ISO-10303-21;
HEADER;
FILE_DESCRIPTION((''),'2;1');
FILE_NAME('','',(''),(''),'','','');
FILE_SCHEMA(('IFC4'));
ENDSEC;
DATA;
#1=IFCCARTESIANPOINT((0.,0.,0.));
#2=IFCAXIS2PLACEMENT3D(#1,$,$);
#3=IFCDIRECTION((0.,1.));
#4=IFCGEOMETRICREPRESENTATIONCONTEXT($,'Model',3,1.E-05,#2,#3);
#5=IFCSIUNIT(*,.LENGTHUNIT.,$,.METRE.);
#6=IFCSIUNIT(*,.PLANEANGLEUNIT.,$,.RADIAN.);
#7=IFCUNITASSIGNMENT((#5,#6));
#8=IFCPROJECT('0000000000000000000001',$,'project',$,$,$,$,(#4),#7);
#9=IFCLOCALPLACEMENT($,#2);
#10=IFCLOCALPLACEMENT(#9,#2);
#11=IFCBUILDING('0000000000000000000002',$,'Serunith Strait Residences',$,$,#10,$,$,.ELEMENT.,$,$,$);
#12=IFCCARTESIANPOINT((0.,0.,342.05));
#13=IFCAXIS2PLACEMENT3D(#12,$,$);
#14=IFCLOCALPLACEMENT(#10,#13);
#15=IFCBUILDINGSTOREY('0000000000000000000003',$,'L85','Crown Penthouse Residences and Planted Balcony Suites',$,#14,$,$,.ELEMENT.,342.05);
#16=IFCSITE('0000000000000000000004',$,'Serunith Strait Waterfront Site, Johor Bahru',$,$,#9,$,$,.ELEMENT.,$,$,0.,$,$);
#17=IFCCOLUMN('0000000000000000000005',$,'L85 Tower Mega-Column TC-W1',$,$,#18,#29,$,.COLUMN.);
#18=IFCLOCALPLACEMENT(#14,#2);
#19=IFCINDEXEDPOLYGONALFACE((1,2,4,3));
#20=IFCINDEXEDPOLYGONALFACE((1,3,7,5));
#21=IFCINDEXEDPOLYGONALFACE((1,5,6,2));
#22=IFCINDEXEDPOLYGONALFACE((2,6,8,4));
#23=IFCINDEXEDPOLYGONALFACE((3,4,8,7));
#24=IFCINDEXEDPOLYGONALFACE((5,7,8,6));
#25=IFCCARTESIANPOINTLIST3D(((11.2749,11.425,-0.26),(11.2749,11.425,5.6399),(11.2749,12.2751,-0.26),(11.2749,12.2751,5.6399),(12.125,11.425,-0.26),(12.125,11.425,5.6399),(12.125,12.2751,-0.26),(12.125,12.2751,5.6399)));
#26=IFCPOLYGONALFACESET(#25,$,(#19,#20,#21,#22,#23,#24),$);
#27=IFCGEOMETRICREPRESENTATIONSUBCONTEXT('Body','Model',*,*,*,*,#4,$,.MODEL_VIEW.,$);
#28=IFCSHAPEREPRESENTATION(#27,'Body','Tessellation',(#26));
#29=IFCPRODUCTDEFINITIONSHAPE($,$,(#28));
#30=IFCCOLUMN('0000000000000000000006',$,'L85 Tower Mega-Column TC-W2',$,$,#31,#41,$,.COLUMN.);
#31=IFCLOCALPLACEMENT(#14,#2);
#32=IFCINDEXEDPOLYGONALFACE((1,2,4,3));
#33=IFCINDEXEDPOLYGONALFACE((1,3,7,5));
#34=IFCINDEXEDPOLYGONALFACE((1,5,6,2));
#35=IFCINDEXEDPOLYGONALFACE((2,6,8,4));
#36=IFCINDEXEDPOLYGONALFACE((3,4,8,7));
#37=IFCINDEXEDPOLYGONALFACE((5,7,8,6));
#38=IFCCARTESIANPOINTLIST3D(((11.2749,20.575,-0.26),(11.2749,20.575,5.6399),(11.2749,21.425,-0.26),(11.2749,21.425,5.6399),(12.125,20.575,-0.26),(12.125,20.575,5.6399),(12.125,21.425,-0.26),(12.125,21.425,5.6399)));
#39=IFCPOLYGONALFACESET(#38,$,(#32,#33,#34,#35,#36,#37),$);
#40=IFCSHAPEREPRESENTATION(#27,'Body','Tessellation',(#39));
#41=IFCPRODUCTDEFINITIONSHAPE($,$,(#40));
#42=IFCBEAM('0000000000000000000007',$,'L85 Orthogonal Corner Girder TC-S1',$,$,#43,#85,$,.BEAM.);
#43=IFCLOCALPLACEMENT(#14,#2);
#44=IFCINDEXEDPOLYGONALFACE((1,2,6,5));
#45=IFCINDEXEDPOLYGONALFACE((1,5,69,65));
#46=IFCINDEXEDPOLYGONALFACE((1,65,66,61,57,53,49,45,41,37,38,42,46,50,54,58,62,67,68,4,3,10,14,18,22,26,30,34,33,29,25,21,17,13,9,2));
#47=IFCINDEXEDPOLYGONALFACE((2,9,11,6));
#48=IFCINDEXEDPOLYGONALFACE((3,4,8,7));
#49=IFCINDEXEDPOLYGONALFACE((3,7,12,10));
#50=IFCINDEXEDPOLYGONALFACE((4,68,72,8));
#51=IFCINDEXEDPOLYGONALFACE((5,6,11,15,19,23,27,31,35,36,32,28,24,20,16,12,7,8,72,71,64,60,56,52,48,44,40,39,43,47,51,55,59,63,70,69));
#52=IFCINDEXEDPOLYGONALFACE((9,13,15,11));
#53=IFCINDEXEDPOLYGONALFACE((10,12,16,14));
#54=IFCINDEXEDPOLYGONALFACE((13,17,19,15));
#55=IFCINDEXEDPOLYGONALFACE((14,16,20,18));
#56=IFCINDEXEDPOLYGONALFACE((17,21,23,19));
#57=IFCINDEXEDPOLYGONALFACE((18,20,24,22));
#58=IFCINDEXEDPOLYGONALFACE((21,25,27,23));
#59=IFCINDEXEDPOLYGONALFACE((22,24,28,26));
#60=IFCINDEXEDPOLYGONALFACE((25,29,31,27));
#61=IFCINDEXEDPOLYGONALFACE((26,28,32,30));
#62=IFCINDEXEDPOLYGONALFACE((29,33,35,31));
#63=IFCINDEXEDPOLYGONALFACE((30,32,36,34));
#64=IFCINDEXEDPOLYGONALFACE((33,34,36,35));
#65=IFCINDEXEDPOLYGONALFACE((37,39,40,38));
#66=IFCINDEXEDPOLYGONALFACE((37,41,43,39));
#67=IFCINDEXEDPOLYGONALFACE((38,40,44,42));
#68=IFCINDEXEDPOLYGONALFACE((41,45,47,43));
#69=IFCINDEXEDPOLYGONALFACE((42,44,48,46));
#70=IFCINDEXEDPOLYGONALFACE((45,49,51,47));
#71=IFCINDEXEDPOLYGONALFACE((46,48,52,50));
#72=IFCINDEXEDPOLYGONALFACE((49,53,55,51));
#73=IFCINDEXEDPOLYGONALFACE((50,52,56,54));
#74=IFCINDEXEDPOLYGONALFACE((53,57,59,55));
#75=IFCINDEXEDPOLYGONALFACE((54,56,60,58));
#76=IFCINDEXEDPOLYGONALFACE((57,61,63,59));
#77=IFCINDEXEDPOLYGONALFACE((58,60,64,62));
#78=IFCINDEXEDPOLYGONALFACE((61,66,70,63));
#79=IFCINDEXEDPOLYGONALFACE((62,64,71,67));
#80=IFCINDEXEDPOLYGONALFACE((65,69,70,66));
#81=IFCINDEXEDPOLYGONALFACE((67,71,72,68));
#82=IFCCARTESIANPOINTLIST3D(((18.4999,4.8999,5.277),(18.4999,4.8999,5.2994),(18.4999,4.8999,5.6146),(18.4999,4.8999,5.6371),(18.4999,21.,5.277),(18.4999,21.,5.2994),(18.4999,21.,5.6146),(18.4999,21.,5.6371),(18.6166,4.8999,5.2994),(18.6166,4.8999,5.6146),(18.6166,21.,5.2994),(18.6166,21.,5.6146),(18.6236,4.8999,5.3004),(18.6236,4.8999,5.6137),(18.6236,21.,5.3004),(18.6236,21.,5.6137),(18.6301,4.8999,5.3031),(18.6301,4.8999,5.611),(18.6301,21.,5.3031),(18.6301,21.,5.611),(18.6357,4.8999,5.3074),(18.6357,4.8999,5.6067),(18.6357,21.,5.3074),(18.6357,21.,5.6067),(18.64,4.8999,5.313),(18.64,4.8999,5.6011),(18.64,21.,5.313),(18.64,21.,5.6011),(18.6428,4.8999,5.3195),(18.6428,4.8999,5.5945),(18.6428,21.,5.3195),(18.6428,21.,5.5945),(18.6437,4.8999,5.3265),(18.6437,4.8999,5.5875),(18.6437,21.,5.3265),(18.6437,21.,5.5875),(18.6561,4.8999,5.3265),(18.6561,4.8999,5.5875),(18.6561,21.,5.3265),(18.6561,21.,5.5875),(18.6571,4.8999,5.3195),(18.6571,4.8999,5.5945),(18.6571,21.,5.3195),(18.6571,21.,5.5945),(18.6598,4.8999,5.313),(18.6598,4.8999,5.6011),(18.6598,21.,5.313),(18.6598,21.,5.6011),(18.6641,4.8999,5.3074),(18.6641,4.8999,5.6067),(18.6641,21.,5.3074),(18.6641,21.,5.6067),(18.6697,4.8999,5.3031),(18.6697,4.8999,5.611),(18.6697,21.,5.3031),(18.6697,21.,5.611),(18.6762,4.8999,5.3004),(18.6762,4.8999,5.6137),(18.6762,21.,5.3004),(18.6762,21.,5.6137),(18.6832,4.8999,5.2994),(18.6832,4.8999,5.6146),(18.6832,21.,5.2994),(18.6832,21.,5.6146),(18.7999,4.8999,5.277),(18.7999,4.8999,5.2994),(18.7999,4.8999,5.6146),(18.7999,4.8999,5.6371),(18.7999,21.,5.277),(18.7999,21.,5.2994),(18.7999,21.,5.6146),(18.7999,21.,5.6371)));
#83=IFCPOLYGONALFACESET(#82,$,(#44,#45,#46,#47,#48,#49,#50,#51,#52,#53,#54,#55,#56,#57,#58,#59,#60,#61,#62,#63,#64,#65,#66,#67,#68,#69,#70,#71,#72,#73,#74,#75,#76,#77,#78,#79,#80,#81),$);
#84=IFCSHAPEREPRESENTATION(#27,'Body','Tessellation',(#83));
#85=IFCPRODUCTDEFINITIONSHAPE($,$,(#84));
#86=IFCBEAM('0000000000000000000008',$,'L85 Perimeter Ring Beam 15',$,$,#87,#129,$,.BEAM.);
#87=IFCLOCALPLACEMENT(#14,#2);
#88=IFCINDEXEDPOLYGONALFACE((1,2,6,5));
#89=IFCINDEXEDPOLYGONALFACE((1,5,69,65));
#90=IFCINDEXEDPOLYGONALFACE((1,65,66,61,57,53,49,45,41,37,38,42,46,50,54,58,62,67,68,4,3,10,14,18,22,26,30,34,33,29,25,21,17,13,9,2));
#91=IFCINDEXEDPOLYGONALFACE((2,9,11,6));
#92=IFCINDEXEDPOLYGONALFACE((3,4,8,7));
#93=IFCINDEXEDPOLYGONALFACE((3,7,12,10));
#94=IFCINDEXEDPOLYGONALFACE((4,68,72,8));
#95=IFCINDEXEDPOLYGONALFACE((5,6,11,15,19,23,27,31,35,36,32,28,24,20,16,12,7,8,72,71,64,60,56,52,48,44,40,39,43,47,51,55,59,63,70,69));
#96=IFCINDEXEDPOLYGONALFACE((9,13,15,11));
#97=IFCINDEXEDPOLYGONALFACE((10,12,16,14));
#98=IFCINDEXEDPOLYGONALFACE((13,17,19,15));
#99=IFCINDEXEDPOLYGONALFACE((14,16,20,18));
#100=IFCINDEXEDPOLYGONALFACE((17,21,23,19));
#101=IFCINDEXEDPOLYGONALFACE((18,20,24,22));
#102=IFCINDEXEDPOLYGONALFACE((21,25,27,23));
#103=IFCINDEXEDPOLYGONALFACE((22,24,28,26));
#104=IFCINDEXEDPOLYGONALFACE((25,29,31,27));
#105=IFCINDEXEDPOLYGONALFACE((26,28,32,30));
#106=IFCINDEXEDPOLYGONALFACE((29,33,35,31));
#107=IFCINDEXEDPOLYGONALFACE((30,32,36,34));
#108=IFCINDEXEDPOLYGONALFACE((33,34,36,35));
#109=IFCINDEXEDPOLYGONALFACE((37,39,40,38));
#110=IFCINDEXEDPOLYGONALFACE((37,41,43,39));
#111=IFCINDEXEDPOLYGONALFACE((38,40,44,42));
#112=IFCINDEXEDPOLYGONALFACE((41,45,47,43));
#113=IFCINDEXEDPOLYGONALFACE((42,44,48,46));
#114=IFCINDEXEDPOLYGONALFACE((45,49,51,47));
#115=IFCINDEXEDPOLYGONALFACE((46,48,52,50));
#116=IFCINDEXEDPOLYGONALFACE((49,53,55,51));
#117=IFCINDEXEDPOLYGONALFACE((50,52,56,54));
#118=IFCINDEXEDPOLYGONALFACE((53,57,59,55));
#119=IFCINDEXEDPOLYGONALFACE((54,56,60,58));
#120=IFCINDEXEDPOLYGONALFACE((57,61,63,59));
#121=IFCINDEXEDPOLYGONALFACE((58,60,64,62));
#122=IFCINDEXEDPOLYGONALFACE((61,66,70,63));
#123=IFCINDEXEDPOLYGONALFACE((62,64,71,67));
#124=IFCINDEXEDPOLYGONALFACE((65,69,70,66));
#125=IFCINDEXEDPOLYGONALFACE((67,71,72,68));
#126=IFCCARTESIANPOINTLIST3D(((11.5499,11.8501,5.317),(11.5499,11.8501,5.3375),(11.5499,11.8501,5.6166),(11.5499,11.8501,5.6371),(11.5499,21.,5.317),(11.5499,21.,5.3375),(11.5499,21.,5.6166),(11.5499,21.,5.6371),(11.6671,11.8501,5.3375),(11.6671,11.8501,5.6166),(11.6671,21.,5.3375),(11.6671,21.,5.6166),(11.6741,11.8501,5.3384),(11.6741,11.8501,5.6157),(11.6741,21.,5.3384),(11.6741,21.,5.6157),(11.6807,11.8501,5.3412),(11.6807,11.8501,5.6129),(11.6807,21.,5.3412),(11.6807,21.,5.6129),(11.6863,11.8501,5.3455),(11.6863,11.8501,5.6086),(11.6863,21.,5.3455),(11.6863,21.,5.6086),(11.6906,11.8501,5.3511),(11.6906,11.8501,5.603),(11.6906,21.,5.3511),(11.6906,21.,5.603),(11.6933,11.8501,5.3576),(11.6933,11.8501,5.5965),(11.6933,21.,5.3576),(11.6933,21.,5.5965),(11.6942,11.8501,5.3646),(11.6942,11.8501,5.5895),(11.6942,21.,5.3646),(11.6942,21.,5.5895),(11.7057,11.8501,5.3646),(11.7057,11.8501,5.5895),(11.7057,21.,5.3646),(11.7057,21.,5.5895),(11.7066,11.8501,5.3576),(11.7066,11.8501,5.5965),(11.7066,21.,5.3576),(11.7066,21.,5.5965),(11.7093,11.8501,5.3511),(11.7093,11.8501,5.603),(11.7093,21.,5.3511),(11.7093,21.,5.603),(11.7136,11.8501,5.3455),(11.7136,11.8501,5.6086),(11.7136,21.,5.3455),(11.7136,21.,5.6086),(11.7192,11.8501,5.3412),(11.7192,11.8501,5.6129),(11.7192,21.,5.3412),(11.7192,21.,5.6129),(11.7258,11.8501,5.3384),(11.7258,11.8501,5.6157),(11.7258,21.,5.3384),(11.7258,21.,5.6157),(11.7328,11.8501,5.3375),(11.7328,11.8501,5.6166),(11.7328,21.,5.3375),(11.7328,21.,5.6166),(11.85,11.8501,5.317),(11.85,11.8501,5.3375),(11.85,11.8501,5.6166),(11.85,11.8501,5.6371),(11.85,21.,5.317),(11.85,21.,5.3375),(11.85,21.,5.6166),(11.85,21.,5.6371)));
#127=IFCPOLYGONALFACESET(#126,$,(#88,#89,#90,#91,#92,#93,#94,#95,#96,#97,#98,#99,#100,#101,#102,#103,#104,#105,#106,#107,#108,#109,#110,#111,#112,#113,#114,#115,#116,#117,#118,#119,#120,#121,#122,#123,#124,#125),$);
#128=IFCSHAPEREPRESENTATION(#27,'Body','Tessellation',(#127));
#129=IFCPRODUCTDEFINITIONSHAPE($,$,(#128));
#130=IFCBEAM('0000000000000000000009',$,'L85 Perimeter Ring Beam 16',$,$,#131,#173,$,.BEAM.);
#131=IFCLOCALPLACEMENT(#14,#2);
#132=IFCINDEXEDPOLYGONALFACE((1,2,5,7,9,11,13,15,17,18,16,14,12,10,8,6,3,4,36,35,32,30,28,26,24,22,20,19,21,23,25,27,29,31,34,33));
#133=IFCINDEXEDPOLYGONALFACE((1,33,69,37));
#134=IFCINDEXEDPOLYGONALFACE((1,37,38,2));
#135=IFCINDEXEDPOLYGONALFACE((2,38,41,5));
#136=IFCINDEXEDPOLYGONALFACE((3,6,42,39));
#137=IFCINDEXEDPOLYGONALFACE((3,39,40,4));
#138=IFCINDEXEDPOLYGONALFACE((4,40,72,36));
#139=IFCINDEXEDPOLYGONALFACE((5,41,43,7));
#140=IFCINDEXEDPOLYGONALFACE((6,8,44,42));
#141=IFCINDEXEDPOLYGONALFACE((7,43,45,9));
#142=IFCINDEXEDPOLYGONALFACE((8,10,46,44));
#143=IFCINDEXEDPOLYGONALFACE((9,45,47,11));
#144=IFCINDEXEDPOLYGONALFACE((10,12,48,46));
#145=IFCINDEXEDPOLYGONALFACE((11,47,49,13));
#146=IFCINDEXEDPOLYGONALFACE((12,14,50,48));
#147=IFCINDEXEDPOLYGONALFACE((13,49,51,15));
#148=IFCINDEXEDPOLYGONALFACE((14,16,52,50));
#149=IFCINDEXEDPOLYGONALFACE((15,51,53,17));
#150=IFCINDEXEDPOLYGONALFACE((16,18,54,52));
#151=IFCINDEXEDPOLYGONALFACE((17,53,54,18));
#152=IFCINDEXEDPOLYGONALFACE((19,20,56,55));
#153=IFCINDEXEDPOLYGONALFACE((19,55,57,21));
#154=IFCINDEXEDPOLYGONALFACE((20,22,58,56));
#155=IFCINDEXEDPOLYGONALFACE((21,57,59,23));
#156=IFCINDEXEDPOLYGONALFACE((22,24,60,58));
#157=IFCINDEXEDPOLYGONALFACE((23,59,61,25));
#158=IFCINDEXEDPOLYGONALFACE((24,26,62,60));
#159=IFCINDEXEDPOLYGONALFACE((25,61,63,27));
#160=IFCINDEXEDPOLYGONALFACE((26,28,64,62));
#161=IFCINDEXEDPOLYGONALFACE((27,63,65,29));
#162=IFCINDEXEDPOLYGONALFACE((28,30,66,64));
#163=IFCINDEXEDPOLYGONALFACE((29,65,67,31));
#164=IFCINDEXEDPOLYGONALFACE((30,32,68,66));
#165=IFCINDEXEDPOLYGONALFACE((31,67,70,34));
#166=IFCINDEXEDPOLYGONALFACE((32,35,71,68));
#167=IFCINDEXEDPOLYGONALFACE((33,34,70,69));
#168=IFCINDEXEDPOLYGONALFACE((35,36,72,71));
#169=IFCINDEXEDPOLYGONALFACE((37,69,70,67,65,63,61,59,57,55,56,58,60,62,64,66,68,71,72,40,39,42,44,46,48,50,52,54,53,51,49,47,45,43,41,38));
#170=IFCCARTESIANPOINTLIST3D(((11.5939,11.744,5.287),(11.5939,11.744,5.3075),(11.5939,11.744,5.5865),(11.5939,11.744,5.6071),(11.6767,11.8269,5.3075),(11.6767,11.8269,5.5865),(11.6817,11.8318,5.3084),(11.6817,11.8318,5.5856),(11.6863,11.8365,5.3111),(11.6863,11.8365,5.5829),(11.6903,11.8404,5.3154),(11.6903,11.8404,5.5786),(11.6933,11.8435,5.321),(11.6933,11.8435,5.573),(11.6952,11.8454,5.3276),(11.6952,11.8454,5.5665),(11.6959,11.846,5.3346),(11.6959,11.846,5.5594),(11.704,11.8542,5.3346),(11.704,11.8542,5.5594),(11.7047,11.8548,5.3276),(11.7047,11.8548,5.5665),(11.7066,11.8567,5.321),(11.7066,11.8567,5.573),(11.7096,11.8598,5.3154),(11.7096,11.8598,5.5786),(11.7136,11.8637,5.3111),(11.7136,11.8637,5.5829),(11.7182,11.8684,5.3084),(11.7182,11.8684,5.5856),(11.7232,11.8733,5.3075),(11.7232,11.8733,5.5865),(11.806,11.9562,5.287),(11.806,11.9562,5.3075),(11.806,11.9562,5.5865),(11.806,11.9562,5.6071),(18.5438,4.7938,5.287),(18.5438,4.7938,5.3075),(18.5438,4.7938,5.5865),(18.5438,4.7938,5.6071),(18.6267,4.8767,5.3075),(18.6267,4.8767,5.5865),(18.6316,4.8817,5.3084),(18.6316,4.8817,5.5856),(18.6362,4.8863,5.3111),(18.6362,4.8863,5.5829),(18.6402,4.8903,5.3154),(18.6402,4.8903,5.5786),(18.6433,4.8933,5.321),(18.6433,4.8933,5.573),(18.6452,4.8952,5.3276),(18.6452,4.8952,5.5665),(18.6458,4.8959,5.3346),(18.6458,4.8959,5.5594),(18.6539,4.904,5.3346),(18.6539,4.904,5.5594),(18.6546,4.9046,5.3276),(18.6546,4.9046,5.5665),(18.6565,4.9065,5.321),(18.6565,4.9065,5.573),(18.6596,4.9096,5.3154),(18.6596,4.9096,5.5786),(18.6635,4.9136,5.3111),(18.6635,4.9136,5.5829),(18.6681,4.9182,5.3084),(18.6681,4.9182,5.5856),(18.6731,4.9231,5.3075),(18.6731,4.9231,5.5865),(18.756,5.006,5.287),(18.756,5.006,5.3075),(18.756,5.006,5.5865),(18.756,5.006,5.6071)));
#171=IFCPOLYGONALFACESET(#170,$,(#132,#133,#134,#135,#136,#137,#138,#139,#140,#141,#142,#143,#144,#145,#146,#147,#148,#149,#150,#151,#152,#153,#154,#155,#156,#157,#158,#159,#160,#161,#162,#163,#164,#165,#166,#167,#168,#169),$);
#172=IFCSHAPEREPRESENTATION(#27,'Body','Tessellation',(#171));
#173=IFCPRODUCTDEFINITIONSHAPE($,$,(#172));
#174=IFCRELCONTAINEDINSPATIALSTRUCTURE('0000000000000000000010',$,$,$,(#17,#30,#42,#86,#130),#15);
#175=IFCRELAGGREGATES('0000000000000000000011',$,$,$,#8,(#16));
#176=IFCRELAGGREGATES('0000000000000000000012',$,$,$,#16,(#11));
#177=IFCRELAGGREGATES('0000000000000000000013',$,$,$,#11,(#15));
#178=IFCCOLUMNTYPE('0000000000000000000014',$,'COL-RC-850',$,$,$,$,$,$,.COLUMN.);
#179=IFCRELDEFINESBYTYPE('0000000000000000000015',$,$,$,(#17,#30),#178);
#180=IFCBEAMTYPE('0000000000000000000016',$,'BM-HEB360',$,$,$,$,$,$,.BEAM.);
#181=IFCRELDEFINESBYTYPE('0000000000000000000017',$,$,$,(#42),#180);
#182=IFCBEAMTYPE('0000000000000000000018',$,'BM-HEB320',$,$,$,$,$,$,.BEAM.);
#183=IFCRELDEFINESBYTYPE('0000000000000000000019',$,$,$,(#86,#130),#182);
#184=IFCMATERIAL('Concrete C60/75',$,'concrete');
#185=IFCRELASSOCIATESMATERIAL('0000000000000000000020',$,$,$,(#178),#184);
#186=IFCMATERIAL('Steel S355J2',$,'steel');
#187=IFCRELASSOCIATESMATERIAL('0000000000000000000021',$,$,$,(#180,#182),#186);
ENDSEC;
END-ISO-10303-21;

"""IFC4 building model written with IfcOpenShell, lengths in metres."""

from ifc_helpers import new_model, si_unit, direction, frame, origin, origin_2d, place, context, subcontext, project, spatial, rectangle, i_section, extrude, source, transform, mapped, material, material_profile, profile_set, type_object, element, save


model = new_model("IFC4")

# Units and contexts
model_context = context("Model", 3, precision=1e-05, world=origin(), true_north=direction((0.0, 1.0)))
body_context = subcontext(model_context, "Body", "Model", "MODEL_VIEW")
ifc_project = project(units=[si_unit("LENGTHUNIT", "METRE"), si_unit("PLANEANGLEUNIT", "RADIAN")], contexts=[model_context])

# Site, building, storey
site_placement = place(None, origin())
site = spatial("IfcSite", under=ifc_project, at=site_placement, Name="Serunith Strait Waterfront Site, Johor Bahru", CompositionType="ELEMENT", RefElevation=0.0)
building_placement = place(site_placement, origin())
building = spatial("IfcBuilding", under=site, at=building_placement, Name="Serunith Strait Residences", CompositionType="ELEMENT")
storey_placement = place(building_placement, frame((0.0, 0.0, 342.05)))
storey = spatial("IfcBuildingStorey", under=building, at=storey_placement, Name="L85", Description="Crown Penthouse Residences and Planted Balcony Suites", CompositionType="ELEMENT", Elevation=342.05)

# Columns
ifc_material_1 = material(Name="Concrete C60/75", Category="concrete")
ifc_material_profile_1 = material_profile(ifc_material_1, rectangle(XDim=0.8501, YDim=0.8501, at=origin_2d()), Name="RC 850x850")
ifc_profile_set_1 = profile_set([ifc_material_profile_1], Name="Concrete C60/75")
column_type = type_object("IfcColumnType", Name="COL-RC-850", PredefinedType="COLUMN", material=ifc_profile_set_1)
shared_shape_1 = source(origin(), body_context, "Body", "SweptSolid", [
    extrude(rectangle(XDim=0.8501, YDim=0.8501, at=origin_2d()), origin(), (0.0, 0.0, 1.0), 5.8999),
])
for number, where, z_axis, x_axis, name in (
    (1, (11.7, 11.8501, -0.26), (0.0, 0.0, 1.0), (1.0, 0.0, 0.0), "L85 Tower Mega-Column TC-W1"),
    (2, (11.7, 21.0, -0.26), (0.0, 0.0, 1.0), (1.0, 0.0, 0.0), "L85 Tower Mega-Column TC-W2"),
):
    element("IfcColumn", number, at=place(storey_placement, frame(where, z_axis=z_axis, x_axis=x_axis)), inside=storey, type_object=column_type, Name=name, PredefinedType="COLUMN", context=body_context, shape_type="MappedRepresentation", body=[
        mapped(shared_shape_1, transform((0.0, 0.0, 0.0), scale=1.0)),
    ])

# Beams
ifc_material_2 = material(Name="Steel S355J2", Category="steel")
ifc_material_profile_2 = material_profile(ifc_material_2, i_section(OverallWidth=0.3, OverallDepth=0.3601, WebThickness=0.0125, FlangeThickness=0.0225, FilletRadius=0.0271, at=origin_2d()), Name="HEB 360")
ifc_profile_set_2 = profile_set([ifc_material_profile_2], Name="Steel S355J2")
beam_type_1 = type_object("IfcBeamType", Name="BM-HEB360", PredefinedType="BEAM", material=ifc_profile_set_2)
shared_shape_2 = source(origin(), body_context, "Body", "SweptSolid", [
    extrude(i_section(OverallWidth=0.3, OverallDepth=0.3601, WebThickness=0.0125, FlangeThickness=0.0225, FilletRadius=0.0271, at=origin_2d()), origin(), (0.0, 0.0, 1.0), 16.1001),
])
beam_1_placement = place(storey_placement, frame((18.6499, 21.0, 5.457), z_axis=(0.0, -1.0, 0.0), x_axis=(1.0, 0.0, 0.0)))
element("IfcBeam", 3, at=beam_1_placement, inside=storey, type_object=beam_type_1, Name="L85 Orthogonal Corner Girder TC-S1", PredefinedType="BEAM", context=body_context, shape_type="MappedRepresentation", body=[
    mapped(shared_shape_2, transform((0.0, 0.0, 0.0), scale=1.0)),
])
ifc_material_profile_3 = material_profile(ifc_material_2, i_section(OverallWidth=0.3, OverallDepth=0.3201, WebThickness=0.0115, FlangeThickness=0.0205, FilletRadius=0.0271, at=origin_2d()), Name="HEB 320")
ifc_profile_set_3 = profile_set([ifc_material_profile_3], Name="Steel S355J2")
beam_type_2 = type_object("IfcBeamType", Name="BM-HEB320", PredefinedType="BEAM", material=ifc_profile_set_3)
shared_shape_3 = source(origin(), body_context, "Body", "SweptSolid", [
    extrude(i_section(OverallWidth=0.3, OverallDepth=0.3201, WebThickness=0.0115, FlangeThickness=0.0205, FilletRadius=0.0271, at=origin_2d()), origin(), (0.0, 0.0, 1.0), 9.1499),
])
beam_2_placement = place(storey_placement, frame((11.7, 21.0, 5.4771), z_axis=(0.0, -1.0, 0.0), x_axis=(1.0, 0.0, 0.0)))
element("IfcBeam", 4, at=beam_2_placement, inside=storey, type_object=beam_type_2, Name="L85 Perimeter Ring Beam 15", PredefinedType="BEAM", context=body_context, shape_type="MappedRepresentation", body=[
    mapped(shared_shape_3, transform((0.0, 0.0, 0.0), scale=1.0)),
])
shared_shape_4 = source(origin(), body_context, "Body", "SweptSolid", [
    extrude(i_section(OverallWidth=0.3, OverallDepth=0.3201, WebThickness=0.0115, FlangeThickness=0.0205, FilletRadius=0.0271, at=origin_2d()), origin(), (0.0, 0.0, 1.0), 9.8289),
])
beam_3_placement = place(storey_placement, frame((11.7, 11.8501, 5.447), z_axis=(0.707094, -0.707119, 0.0), x_axis=(0.707119, 0.707094, 0.0)))
element("IfcBeam", 5, at=beam_3_placement, inside=storey, type_object=beam_type_2, Name="L85 Perimeter Ring Beam 16", PredefinedType="BEAM", context=body_context, shape_type="MappedRepresentation", body=[
    mapped(shared_shape_4, transform((0.0, 0.0, 0.0), scale=1.0)),
])

save(model, "model.ifc")
